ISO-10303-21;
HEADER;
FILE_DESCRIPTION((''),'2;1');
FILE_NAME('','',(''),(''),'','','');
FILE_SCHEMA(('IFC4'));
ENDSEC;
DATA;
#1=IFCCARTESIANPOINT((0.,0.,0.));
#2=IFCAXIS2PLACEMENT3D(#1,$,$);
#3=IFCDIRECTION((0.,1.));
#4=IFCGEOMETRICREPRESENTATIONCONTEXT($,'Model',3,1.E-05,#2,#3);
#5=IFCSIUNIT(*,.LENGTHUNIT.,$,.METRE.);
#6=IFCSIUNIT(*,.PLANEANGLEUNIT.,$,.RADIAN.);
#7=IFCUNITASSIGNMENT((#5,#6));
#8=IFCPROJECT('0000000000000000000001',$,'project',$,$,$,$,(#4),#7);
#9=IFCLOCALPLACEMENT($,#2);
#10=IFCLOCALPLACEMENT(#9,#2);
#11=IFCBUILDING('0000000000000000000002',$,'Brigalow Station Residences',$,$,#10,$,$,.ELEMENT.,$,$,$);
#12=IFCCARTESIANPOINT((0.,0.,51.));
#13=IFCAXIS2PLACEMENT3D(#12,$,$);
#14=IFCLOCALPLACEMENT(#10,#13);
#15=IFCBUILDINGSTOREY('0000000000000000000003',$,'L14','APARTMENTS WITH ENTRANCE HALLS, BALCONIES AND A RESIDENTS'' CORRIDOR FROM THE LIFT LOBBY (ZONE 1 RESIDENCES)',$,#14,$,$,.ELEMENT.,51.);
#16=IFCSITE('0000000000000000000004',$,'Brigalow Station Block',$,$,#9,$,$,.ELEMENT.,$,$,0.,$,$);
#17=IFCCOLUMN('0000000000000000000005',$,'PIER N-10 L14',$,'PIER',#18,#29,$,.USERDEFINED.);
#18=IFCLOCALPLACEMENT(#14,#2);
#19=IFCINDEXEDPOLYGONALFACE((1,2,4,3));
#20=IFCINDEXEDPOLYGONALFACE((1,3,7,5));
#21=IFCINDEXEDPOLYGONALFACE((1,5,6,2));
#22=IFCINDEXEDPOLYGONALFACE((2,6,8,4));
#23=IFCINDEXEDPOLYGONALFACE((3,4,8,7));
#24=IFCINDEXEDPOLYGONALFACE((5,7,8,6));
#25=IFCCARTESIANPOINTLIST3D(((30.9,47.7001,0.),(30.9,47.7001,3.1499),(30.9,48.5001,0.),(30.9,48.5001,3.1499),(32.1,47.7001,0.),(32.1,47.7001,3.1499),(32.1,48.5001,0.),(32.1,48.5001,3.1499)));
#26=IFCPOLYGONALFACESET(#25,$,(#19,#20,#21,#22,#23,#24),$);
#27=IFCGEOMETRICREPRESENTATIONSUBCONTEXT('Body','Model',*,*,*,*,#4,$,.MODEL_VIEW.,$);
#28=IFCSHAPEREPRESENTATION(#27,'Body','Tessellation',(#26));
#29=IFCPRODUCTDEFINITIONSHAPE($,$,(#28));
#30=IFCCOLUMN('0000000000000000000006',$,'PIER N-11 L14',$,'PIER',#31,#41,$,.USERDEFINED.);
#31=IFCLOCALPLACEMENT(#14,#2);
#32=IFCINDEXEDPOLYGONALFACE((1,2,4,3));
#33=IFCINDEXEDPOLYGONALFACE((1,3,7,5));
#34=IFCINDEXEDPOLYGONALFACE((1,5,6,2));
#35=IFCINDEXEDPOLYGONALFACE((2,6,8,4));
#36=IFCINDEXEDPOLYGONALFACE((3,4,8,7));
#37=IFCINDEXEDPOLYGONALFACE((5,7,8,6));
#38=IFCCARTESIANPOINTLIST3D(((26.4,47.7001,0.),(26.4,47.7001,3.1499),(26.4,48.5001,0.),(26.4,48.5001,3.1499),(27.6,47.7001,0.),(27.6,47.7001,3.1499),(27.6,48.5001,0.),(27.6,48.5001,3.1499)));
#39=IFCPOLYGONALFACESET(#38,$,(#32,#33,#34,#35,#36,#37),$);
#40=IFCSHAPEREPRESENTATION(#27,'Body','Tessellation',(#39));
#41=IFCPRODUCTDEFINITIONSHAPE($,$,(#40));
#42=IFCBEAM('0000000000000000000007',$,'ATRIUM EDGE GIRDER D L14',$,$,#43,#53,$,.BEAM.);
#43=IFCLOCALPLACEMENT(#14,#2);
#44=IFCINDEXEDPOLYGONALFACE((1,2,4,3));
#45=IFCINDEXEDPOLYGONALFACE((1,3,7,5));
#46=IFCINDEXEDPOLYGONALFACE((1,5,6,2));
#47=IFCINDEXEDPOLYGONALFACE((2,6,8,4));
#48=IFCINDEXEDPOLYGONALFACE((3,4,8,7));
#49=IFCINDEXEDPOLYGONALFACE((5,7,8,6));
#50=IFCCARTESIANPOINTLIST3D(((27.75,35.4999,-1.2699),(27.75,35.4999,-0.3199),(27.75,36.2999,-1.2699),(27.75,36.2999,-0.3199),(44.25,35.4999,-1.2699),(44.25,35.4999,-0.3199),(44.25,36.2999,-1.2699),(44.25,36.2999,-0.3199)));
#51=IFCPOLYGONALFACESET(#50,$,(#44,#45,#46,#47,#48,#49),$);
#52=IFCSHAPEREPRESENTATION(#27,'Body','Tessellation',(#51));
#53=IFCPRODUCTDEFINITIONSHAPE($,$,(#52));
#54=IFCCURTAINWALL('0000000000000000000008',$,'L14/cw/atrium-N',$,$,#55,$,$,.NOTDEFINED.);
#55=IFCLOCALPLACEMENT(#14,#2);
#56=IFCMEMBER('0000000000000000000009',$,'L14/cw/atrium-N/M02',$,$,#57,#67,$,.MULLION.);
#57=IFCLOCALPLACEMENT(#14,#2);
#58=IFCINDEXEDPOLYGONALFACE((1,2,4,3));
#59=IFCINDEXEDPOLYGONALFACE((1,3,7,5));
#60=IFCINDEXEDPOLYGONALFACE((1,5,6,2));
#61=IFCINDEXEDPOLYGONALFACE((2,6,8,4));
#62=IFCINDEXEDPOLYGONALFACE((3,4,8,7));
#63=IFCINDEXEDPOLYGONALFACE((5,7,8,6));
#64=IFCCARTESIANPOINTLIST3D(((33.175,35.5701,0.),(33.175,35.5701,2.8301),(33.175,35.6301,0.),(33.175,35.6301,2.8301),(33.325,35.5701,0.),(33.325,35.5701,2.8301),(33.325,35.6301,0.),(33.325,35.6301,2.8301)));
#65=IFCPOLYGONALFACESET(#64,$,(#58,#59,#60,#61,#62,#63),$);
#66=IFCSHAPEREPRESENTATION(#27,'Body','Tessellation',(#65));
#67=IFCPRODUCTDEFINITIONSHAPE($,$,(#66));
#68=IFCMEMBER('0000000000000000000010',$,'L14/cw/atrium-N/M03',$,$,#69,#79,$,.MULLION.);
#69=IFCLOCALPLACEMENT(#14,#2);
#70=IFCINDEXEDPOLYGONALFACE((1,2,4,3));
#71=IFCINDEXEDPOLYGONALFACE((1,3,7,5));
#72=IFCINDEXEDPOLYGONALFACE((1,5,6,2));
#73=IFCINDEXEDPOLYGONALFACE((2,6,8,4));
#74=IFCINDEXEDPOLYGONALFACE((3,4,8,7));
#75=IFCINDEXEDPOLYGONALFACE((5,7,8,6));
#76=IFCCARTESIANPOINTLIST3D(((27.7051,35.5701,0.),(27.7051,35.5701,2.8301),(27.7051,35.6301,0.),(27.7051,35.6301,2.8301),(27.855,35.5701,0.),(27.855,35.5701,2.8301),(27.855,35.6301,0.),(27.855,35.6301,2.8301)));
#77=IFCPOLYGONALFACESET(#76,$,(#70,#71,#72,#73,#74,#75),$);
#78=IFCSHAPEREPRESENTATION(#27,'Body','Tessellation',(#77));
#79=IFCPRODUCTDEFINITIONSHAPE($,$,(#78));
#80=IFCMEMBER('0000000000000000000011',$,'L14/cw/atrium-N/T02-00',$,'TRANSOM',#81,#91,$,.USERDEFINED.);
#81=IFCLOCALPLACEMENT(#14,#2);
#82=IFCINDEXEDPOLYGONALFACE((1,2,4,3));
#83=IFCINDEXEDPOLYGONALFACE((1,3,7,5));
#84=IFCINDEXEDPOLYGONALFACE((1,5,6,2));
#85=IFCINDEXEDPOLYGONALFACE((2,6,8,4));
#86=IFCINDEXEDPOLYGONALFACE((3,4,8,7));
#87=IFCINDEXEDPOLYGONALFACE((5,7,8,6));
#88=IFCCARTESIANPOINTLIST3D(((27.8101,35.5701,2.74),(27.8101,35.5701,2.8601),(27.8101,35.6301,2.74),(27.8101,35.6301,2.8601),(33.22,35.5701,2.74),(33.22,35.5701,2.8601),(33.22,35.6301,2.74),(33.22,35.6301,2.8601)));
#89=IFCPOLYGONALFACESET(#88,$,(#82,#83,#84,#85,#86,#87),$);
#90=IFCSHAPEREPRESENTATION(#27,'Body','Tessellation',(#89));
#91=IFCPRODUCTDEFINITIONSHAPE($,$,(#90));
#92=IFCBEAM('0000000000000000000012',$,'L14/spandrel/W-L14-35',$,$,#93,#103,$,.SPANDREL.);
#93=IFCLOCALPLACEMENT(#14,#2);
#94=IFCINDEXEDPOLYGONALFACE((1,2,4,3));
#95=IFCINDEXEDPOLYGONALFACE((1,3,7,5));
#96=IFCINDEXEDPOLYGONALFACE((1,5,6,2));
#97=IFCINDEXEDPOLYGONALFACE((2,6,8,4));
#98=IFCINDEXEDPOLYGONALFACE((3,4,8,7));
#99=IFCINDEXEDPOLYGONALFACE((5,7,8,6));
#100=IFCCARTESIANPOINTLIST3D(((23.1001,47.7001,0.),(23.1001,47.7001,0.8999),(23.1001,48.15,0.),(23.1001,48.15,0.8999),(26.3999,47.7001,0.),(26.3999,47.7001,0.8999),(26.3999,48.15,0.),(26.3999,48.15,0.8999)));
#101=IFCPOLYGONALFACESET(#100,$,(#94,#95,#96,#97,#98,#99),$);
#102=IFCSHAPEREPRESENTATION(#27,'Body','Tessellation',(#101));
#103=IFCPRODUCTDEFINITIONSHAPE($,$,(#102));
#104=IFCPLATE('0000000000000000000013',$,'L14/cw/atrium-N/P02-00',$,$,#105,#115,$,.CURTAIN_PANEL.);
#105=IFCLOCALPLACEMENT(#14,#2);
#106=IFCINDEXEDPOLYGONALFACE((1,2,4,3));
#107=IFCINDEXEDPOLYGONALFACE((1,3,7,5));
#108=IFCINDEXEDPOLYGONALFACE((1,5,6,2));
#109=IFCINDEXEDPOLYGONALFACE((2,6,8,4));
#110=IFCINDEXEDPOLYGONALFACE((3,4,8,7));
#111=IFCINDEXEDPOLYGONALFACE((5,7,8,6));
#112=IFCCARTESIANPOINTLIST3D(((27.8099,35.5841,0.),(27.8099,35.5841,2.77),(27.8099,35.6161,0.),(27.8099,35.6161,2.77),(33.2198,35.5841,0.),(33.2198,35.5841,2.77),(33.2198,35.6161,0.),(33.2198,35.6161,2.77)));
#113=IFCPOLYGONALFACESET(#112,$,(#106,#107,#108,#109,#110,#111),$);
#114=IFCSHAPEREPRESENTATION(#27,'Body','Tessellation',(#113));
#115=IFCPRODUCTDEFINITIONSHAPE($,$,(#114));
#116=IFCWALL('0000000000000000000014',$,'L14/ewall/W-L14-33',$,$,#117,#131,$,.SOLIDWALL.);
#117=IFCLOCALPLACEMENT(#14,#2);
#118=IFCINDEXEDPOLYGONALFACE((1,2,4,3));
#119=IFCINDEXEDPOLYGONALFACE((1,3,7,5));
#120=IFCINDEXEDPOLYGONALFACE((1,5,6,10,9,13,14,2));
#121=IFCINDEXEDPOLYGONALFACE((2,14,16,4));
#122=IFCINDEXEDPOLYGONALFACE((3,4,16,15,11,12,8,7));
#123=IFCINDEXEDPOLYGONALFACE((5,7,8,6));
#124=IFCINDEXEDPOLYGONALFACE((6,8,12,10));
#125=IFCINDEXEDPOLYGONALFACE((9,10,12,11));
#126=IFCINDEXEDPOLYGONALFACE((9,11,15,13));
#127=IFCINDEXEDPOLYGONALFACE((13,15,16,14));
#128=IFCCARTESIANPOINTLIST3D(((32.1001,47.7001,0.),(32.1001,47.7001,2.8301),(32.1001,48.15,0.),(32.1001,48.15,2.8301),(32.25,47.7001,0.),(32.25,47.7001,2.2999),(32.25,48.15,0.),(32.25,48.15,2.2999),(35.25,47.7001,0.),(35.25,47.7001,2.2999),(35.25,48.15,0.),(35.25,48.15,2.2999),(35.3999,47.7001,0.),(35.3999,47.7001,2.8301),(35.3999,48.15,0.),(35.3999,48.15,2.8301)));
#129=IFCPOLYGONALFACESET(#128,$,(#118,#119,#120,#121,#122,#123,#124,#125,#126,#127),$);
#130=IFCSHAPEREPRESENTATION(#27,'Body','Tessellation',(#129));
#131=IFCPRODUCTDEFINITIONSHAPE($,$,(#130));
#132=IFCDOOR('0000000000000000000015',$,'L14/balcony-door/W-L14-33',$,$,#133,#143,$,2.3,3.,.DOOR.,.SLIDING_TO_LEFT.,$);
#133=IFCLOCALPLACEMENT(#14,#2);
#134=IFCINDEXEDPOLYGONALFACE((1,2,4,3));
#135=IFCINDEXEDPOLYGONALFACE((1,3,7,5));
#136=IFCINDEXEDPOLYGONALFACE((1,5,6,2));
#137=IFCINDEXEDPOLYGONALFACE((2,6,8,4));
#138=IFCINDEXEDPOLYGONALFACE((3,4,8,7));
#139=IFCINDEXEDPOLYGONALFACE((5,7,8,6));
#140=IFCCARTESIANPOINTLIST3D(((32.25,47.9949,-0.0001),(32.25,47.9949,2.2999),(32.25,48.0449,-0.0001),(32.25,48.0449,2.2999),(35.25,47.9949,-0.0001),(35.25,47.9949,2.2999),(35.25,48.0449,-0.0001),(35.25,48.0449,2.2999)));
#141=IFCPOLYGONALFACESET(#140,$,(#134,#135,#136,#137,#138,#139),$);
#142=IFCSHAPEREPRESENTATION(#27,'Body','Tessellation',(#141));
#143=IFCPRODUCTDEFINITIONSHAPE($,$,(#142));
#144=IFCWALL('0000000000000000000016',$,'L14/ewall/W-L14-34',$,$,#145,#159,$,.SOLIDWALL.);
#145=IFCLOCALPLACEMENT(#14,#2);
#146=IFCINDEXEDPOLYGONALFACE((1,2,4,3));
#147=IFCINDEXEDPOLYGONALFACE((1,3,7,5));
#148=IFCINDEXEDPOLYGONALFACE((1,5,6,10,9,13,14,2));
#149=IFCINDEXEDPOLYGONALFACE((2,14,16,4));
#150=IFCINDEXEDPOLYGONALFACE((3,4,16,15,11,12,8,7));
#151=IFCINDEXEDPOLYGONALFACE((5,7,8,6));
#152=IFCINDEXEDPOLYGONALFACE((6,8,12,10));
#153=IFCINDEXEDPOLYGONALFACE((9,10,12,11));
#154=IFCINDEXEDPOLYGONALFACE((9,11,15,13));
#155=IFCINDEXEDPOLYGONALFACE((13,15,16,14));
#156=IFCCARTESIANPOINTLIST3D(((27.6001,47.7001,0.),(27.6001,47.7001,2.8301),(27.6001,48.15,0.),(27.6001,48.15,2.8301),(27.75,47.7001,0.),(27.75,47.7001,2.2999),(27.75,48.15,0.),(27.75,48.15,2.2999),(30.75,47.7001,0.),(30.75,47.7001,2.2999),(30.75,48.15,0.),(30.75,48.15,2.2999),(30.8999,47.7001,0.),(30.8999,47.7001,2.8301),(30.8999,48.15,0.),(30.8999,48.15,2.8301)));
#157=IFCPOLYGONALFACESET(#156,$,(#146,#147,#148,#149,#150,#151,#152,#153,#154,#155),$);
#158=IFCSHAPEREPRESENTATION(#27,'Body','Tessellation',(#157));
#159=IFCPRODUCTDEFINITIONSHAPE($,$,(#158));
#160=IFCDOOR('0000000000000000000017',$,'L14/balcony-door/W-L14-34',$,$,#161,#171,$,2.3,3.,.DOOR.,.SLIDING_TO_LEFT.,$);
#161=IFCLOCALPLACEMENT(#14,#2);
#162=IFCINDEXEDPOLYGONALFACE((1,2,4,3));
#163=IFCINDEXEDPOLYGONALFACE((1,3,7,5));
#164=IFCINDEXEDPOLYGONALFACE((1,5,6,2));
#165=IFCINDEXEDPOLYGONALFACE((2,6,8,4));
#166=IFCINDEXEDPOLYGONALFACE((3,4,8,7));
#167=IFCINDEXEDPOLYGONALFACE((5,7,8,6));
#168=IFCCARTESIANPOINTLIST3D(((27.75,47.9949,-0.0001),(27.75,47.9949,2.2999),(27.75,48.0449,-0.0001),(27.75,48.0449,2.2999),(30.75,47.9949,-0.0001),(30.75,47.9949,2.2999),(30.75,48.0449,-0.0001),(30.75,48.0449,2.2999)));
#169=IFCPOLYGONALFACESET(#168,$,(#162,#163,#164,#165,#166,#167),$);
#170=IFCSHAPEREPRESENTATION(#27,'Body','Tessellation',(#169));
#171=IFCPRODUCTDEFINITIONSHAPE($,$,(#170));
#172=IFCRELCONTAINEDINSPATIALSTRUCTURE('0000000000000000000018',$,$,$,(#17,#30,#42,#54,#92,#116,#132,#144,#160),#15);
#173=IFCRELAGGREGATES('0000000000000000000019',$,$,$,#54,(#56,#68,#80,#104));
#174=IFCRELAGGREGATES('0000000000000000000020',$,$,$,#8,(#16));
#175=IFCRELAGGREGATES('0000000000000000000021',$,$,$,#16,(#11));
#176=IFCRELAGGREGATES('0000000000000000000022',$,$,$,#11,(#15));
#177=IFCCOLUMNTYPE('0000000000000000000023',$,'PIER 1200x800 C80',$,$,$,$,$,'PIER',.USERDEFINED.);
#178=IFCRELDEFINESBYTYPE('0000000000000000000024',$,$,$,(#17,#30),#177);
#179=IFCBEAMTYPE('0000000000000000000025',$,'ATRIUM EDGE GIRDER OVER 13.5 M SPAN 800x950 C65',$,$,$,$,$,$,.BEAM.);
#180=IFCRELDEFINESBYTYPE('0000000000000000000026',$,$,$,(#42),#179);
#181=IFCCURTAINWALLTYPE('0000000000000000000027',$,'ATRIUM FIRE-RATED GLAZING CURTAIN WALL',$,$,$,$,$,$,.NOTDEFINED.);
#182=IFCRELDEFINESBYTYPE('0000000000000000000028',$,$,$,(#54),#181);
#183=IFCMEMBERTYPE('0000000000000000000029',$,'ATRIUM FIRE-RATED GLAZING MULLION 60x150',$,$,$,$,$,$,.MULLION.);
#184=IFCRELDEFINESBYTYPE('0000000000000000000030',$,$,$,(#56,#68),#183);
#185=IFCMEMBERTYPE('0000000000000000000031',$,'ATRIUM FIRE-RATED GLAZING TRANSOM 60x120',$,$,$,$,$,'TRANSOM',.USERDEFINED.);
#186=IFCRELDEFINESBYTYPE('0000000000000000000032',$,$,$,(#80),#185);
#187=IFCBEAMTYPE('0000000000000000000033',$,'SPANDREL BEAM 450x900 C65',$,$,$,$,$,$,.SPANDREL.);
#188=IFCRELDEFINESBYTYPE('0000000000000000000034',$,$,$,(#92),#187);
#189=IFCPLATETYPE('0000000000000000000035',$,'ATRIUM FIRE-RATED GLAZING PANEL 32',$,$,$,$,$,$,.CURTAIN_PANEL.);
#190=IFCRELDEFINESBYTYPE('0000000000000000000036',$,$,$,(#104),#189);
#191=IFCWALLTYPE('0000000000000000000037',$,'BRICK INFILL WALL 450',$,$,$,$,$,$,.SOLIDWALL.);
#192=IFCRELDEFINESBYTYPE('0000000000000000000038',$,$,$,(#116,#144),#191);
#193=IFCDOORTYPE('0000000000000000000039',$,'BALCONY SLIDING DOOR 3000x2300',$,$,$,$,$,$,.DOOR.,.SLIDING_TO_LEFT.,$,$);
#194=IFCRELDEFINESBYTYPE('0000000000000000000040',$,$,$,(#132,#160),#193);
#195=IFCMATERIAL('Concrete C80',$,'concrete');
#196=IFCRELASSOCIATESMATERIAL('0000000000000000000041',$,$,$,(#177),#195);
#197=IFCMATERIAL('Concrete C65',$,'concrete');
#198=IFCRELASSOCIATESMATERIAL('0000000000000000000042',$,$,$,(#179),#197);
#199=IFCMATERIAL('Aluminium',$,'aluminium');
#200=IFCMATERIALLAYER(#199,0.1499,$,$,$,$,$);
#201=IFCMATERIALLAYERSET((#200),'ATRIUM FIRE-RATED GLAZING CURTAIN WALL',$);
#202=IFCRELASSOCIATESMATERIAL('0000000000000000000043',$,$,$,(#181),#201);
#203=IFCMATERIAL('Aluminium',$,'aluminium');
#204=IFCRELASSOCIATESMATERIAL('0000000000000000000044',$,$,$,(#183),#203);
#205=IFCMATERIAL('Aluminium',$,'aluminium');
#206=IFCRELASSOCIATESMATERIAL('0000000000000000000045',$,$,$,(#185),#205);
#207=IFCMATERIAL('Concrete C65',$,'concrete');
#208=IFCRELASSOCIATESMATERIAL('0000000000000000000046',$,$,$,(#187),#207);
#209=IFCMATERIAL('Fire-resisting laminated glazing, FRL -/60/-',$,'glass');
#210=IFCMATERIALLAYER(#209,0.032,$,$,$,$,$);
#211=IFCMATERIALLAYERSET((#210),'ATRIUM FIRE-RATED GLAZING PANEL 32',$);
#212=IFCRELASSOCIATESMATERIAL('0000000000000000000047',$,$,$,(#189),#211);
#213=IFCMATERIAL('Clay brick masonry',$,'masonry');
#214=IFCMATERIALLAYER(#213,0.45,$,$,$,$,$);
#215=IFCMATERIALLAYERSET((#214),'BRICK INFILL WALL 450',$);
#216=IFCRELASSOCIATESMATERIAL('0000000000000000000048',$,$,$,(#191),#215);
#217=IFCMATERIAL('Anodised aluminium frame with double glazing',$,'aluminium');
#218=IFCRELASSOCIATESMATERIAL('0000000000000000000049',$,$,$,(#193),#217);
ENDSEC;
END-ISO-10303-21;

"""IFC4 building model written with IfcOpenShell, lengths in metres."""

from ifc_helpers import new_model, si_unit, direction, frame, frame_2d, origin, origin_2d, place, context, subcontext, project, spatial, rectangle, extrude, material, layer, layer_set, material_profile, profile_set, type_object, element, fill, aggregate, save


model = new_model("IFC4")

# Units and contexts
model_context = context("Model", 3, precision=1e-05, world=origin(), true_north=direction((0.0, 1.0)))
body_context = subcontext(model_context, "Body", "Model", "MODEL_VIEW")
ifc_project = project(units=[si_unit("LENGTHUNIT", "METRE"), si_unit("PLANEANGLEUNIT", "RADIAN")], contexts=[model_context])

# Site, building, storey
site_placement = place(None, origin())
site = spatial("IfcSite", under=ifc_project, at=site_placement, Name="Brigalow Station Block", CompositionType="ELEMENT", RefElevation=0.0)
building_placement = place(site_placement, origin())
building = spatial("IfcBuilding", under=site, at=building_placement, Name="Brigalow Station Residences", CompositionType="ELEMENT")
storey_placement = place(building_placement, frame((0.0, 0.0, 51.0)))
storey = spatial("IfcBuildingStorey", under=building, at=storey_placement, Name="L14", Description="APARTMENTS WITH ENTRANCE HALLS, BALCONIES AND A RESIDENTS' CORRIDOR FROM THE LIFT LOBBY (ZONE 1 RESIDENCES)", CompositionType="ELEMENT", Elevation=51.0)

# Columns
ifc_material_1 = material(Name="Concrete C80", Category="concrete")
ifc_material_profile_1 = material_profile(ifc_material_1, rectangle(XDim=1.2, YDim=0.8, at=origin_2d()), Name="RC1200x800")
ifc_profile_set_1 = profile_set([ifc_material_profile_1], Name="Concrete C80")
column_type = type_object("IfcColumnType", Name="PIER 1200x800 C80", ElementType="PIER", PredefinedType="USERDEFINED", material=ifc_profile_set_1)
for number, where, z_axis, x_axis, name in (
    (1, (31.5, 48.1001, 0.0), (0.0, 0.0, 1.0), (-1.0, 0.0, 0.0), "PIER N-10 L14"),
    (2, (27.0, 48.1001, 0.0), (0.0, 0.0, 1.0), (-1.0, 0.0, 0.0), "PIER N-11 L14"),
):
    element("IfcColumn", number, at=place(storey_placement, frame(where, z_axis=z_axis, x_axis=x_axis)), inside=storey, type_object=column_type, Name=name, ObjectType="PIER", PredefinedType="USERDEFINED", context=body_context, shape_type="SweptSolid", body=[
        extrude(rectangle(XDim=1.2, YDim=0.8, at=origin_2d()), origin(), (0.0, 0.0, 1.0), 3.1499),
    ])

# Beam
ifc_material_2 = material(Name="Concrete C65", Category="concrete")
ifc_material_profile_2 = material_profile(ifc_material_2, rectangle(XDim=0.8, YDim=0.95, at=origin_2d()), Name="RC800x950")
ifc_profile_set_2 = profile_set([ifc_material_profile_2], Name="Concrete C65")
beam_type_1 = type_object("IfcBeamType", Name="ATRIUM EDGE GIRDER OVER 13.5 M SPAN 800x950 C65", PredefinedType="BEAM", material=ifc_profile_set_2)
beam_1_placement = place(storey_placement, frame((27.75, 35.8999, -0.7949), z_axis=(1.0, 0.0, 0.0), x_axis=(0.0, 1.0, 0.0)))
element("IfcBeam", 3, at=beam_1_placement, inside=storey, type_object=beam_type_1, Name="ATRIUM EDGE GIRDER D L14", PredefinedType="BEAM", context=body_context, shape_type="SweptSolid", body=[
    extrude(rectangle(XDim=0.8, YDim=0.95, at=origin_2d()), origin(), (0.0, 0.0, 1.0), 16.5),
])

# Curtain wall, members
ifc_material_3 = material(Name="Aluminium", Category="aluminium")
ifc_layer_1 = layer(ifc_material_3, 0.1499)
ifc_layer_set_1 = layer_set([ifc_layer_1], Name="ATRIUM FIRE-RATED GLAZING CURTAIN WALL")
curtain_wall_type = type_object("IfcCurtainWallType", Name="ATRIUM FIRE-RATED GLAZING CURTAIN WALL", PredefinedType="NOTDEFINED", material=ifc_layer_set_1)
curtain_wall_placement = place(storey_placement, origin())
curtain_wall = element("IfcCurtainWall", 4, at=curtain_wall_placement, inside=storey, type_object=curtain_wall_type, Name="L14/cw/atrium-N", PredefinedType="NOTDEFINED")
ifc_material_4 = material(Name="Aluminium", Category="aluminium")
ifc_material_profile_3 = material_profile(ifc_material_4, rectangle(XDim=0.0601, YDim=0.1499, at=origin_2d()), Name="ATRIUM FIRE-RATED GLAZING MULLION 60x150")
ifc_profile_set_3 = profile_set([ifc_material_profile_3], Name="Aluminium")
member_type_1 = type_object("IfcMemberType", Name="ATRIUM FIRE-RATED GLAZING MULLION 60x150", PredefinedType="MULLION", material=ifc_profile_set_3)
member_1_placement = place(storey_placement, frame((33.25, 35.6001, 0.0), z_axis=(0.0, 0.0, 1.0), x_axis=(0.0, -1.0, 0.0)))
member_1 = element("IfcMember", 5, at=member_1_placement, type_object=member_type_1, Name="L14/cw/atrium-N/M02", PredefinedType="MULLION", context=body_context, shape_type="SweptSolid", body=[
    extrude(rectangle(XDim=0.0601, YDim=0.1499, at=origin_2d()), origin(), (0.0, 0.0, 1.0), 2.8301),
])
member_2_placement = place(storey_placement, frame((27.78, 35.6001, 0.0), z_axis=(0.0, 0.0, 1.0), x_axis=(0.0, -1.0, 0.0)))
member_2 = element("IfcMember", 6, at=member_2_placement, type_object=member_type_1, Name="L14/cw/atrium-N/M03", PredefinedType="MULLION", context=body_context, shape_type="SweptSolid", body=[
    extrude(rectangle(XDim=0.0601, YDim=0.1499, at=origin_2d()), origin(), (0.0, 0.0, 1.0), 2.8301),
])
ifc_material_5 = material(Name="Aluminium", Category="aluminium")
ifc_material_profile_4 = material_profile(ifc_material_5, rectangle(XDim=0.0601, YDim=0.1201, at=origin_2d()), Name="ATRIUM FIRE-RATED GLAZING TRANSOM 60x120")
ifc_profile_set_4 = profile_set([ifc_material_profile_4], Name="Aluminium")
member_type_2 = type_object("IfcMemberType", Name="ATRIUM FIRE-RATED GLAZING TRANSOM 60x120", ElementType="TRANSOM", PredefinedType="USERDEFINED", material=ifc_profile_set_4)
member_3_placement = place(storey_placement, frame((33.22, 35.6001, 2.8), z_axis=(-1.0, 0.0, 0.0), x_axis=(0.0, -1.0, 0.0)))
member_3 = element("IfcMember", 7, at=member_3_placement, type_object=member_type_2, Name="L14/cw/atrium-N/T02-00", ObjectType="TRANSOM", PredefinedType="USERDEFINED", context=body_context, shape_type="SweptSolid", body=[
    extrude(rectangle(XDim=0.0601, YDim=0.1201, at=origin_2d()), origin(), (0.0, 0.0, 1.0), 5.4099),
])

# Beam
ifc_material_6 = material(Name="Concrete C65", Category="concrete")
ifc_material_profile_5 = material_profile(ifc_material_6, rectangle(XDim=0.45, YDim=0.8999, at=origin_2d()), Name="RC450x900")
ifc_profile_set_5 = profile_set([ifc_material_profile_5], Name="Concrete C65")
beam_type_2 = type_object("IfcBeamType", Name="SPANDREL BEAM 450x900 C65", PredefinedType="SPANDREL", material=ifc_profile_set_5)
beam_2_placement = place(storey_placement, frame((26.3999, 47.925, 0.45), z_axis=(-1.0, 0.0, 0.0), x_axis=(0.0, -1.0, 0.0)))
element("IfcBeam", 8, at=beam_2_placement, inside=storey, type_object=beam_type_2, Name="L14/spandrel/W-L14-35", PredefinedType="SPANDREL", context=body_context, shape_type="SweptSolid", body=[
    extrude(rectangle(XDim=0.45, YDim=0.8999, at=origin_2d()), origin(), (0.0, 0.0, 1.0), 3.2998),
])

# Plate
ifc_material_7 = material(Name="Fire-resisting laminated glazing, FRL -/60/-", Category="glass")
ifc_layer_2 = layer(ifc_material_7, 0.032)
ifc_layer_set_2 = layer_set([ifc_layer_2], Name="ATRIUM FIRE-RATED GLAZING PANEL 32")
plate_type = type_object("IfcPlateType", Name="ATRIUM FIRE-RATED GLAZING PANEL 32", PredefinedType="CURTAIN_PANEL", material=ifc_layer_set_2)
plate_placement = place(storey_placement, frame((30.5149, 35.6001, 0.0), z_axis=(0.0, 0.0, 1.0), x_axis=(-1.0, 0.0, 0.0)))
plate = element("IfcPlate", 9, at=plate_placement, type_object=plate_type, Name="L14/cw/atrium-N/P02-00", PredefinedType="CURTAIN_PANEL", context=body_context, shape_type="SweptSolid", body=[
    extrude(rectangle(XDim=5.4099, YDim=0.032, at=origin_2d()), origin(), (0.0, 0.0, 1.0), 2.77),
])
aggregate(curtain_wall, [member_1, member_2, member_3, plate])

# Walls, openings, doors
ifc_material_8 = material(Name="Clay brick masonry", Category="masonry")
ifc_layer_3 = layer(ifc_material_8, 0.45)
ifc_layer_set_3 = layer_set([ifc_layer_3], Name="BRICK INFILL WALL 450")
wall_type_1 = type_object("IfcWallType", Name="BRICK INFILL WALL 450", PredefinedType="SOLIDWALL", material=ifc_layer_set_3)
wall_1_placement = place(storey_placement, frame((35.3999, 47.925, 0.0), z_axis=(0.0, 0.0, 1.0), x_axis=(-1.0, 0.0, 0.0)))
wall_1 = element("IfcWall", 10, at=wall_1_placement, inside=storey, type_object=wall_type_1, Name="L14/ewall/W-L14-33", PredefinedType="SOLIDWALL", context=body_context, shape_type="SweptSolid", body=[
    extrude(rectangle(XDim=3.2998, YDim=0.45, at=frame_2d((1.6499, 0.0))), origin(), (0.0, 0.0, 1.0), 2.8301),
])
opening_1_placement = place(wall_1_placement, frame((0.1499, 0.0, 0.0)))
opening_1 = element("IfcOpeningElement", 11, at=opening_1_placement, cuts=wall_1, PredefinedType="OPENING", context=body_context, shape_type="SweptSolid", body=[
    extrude(rectangle(XDim=3.0, YDim=2.3, at=frame_2d((1.5, 1.1499))), frame((0.0, 0.2349, 0.0), z_axis=(0.0, -1.0, 0.0), x_axis=(1.0, 0.0, 0.0)), (0.0, 0.0, 1.0), 0.47),
])
ifc_material_9 = material(Name="Anodised aluminium frame with double glazing", Category="aluminium")
door_type_1 = type_object("IfcDoorType", Name="BALCONY SLIDING DOOR 3000x2300", OperationType="SLIDING_TO_LEFT", PredefinedType="DOOR", material=ifc_material_9)
door_1_placement = place(opening_1_placement, origin())
door_1 = element("IfcDoor", 12, at=door_1_placement, inside=storey, type_object=door_type_1, Name="L14/balcony-door/W-L14-33", OperationType="SLIDING_TO_LEFT", OverallHeight=2.3, OverallWidth=3.0, PredefinedType="DOOR", context=body_context, shape_type="SweptSolid", body=[
    extrude(rectangle(XDim=3.0, YDim=2.3, at=frame_2d((1.5, 1.1499))), frame((0.0, -0.0698, 0.0), z_axis=(0.0, -1.0, 0.0), x_axis=(1.0, 0.0, 0.0)), (0.0, 0.0, 1.0), 0.05),
])
fill(opening_1, door_1)
wall_2_placement = place(storey_placement, frame((30.8999, 47.925, 0.0), z_axis=(0.0, 0.0, 1.0), x_axis=(-1.0, 0.0, 0.0)))
wall_2 = element("IfcWall", 13, at=wall_2_placement, inside=storey, type_object=wall_type_1, Name="L14/ewall/W-L14-34", PredefinedType="SOLIDWALL", context=body_context, shape_type="SweptSolid", body=[
    extrude(rectangle(XDim=3.2998, YDim=0.45, at=frame_2d((1.6499, 0.0))), origin(), (0.0, 0.0, 1.0), 2.8301),
])
opening_2_placement = place(wall_2_placement, frame((0.1499, 0.0, 0.0)))
opening_2 = element("IfcOpeningElement", 14, at=opening_2_placement, cuts=wall_2, PredefinedType="OPENING", context=body_context, shape_type="SweptSolid", body=[
    extrude(rectangle(XDim=3.0, YDim=2.3, at=frame_2d((1.5, 1.1499))), frame((0.0, 0.2349, 0.0), z_axis=(0.0, -1.0, 0.0), x_axis=(1.0, 0.0, 0.0)), (0.0, 0.0, 1.0), 0.47),
])
door_2_placement = place(opening_2_placement, origin())
door_2 = element("IfcDoor", 15, at=door_2_placement, inside=storey, type_object=door_type_1, Name="L14/balcony-door/W-L14-34", OperationType="SLIDING_TO_LEFT", OverallHeight=2.3, OverallWidth=3.0, PredefinedType="DOOR", context=body_context, shape_type="SweptSolid", body=[
    extrude(rectangle(XDim=3.0, YDim=2.3, at=frame_2d((1.5, 1.1499))), frame((0.0, -0.0698, 0.0), z_axis=(0.0, -1.0, 0.0), x_axis=(1.0, 0.0, 0.0)), (0.0, 0.0, 1.0), 0.05),
])
fill(opening_2, door_2)

save(model, "model.ifc")
